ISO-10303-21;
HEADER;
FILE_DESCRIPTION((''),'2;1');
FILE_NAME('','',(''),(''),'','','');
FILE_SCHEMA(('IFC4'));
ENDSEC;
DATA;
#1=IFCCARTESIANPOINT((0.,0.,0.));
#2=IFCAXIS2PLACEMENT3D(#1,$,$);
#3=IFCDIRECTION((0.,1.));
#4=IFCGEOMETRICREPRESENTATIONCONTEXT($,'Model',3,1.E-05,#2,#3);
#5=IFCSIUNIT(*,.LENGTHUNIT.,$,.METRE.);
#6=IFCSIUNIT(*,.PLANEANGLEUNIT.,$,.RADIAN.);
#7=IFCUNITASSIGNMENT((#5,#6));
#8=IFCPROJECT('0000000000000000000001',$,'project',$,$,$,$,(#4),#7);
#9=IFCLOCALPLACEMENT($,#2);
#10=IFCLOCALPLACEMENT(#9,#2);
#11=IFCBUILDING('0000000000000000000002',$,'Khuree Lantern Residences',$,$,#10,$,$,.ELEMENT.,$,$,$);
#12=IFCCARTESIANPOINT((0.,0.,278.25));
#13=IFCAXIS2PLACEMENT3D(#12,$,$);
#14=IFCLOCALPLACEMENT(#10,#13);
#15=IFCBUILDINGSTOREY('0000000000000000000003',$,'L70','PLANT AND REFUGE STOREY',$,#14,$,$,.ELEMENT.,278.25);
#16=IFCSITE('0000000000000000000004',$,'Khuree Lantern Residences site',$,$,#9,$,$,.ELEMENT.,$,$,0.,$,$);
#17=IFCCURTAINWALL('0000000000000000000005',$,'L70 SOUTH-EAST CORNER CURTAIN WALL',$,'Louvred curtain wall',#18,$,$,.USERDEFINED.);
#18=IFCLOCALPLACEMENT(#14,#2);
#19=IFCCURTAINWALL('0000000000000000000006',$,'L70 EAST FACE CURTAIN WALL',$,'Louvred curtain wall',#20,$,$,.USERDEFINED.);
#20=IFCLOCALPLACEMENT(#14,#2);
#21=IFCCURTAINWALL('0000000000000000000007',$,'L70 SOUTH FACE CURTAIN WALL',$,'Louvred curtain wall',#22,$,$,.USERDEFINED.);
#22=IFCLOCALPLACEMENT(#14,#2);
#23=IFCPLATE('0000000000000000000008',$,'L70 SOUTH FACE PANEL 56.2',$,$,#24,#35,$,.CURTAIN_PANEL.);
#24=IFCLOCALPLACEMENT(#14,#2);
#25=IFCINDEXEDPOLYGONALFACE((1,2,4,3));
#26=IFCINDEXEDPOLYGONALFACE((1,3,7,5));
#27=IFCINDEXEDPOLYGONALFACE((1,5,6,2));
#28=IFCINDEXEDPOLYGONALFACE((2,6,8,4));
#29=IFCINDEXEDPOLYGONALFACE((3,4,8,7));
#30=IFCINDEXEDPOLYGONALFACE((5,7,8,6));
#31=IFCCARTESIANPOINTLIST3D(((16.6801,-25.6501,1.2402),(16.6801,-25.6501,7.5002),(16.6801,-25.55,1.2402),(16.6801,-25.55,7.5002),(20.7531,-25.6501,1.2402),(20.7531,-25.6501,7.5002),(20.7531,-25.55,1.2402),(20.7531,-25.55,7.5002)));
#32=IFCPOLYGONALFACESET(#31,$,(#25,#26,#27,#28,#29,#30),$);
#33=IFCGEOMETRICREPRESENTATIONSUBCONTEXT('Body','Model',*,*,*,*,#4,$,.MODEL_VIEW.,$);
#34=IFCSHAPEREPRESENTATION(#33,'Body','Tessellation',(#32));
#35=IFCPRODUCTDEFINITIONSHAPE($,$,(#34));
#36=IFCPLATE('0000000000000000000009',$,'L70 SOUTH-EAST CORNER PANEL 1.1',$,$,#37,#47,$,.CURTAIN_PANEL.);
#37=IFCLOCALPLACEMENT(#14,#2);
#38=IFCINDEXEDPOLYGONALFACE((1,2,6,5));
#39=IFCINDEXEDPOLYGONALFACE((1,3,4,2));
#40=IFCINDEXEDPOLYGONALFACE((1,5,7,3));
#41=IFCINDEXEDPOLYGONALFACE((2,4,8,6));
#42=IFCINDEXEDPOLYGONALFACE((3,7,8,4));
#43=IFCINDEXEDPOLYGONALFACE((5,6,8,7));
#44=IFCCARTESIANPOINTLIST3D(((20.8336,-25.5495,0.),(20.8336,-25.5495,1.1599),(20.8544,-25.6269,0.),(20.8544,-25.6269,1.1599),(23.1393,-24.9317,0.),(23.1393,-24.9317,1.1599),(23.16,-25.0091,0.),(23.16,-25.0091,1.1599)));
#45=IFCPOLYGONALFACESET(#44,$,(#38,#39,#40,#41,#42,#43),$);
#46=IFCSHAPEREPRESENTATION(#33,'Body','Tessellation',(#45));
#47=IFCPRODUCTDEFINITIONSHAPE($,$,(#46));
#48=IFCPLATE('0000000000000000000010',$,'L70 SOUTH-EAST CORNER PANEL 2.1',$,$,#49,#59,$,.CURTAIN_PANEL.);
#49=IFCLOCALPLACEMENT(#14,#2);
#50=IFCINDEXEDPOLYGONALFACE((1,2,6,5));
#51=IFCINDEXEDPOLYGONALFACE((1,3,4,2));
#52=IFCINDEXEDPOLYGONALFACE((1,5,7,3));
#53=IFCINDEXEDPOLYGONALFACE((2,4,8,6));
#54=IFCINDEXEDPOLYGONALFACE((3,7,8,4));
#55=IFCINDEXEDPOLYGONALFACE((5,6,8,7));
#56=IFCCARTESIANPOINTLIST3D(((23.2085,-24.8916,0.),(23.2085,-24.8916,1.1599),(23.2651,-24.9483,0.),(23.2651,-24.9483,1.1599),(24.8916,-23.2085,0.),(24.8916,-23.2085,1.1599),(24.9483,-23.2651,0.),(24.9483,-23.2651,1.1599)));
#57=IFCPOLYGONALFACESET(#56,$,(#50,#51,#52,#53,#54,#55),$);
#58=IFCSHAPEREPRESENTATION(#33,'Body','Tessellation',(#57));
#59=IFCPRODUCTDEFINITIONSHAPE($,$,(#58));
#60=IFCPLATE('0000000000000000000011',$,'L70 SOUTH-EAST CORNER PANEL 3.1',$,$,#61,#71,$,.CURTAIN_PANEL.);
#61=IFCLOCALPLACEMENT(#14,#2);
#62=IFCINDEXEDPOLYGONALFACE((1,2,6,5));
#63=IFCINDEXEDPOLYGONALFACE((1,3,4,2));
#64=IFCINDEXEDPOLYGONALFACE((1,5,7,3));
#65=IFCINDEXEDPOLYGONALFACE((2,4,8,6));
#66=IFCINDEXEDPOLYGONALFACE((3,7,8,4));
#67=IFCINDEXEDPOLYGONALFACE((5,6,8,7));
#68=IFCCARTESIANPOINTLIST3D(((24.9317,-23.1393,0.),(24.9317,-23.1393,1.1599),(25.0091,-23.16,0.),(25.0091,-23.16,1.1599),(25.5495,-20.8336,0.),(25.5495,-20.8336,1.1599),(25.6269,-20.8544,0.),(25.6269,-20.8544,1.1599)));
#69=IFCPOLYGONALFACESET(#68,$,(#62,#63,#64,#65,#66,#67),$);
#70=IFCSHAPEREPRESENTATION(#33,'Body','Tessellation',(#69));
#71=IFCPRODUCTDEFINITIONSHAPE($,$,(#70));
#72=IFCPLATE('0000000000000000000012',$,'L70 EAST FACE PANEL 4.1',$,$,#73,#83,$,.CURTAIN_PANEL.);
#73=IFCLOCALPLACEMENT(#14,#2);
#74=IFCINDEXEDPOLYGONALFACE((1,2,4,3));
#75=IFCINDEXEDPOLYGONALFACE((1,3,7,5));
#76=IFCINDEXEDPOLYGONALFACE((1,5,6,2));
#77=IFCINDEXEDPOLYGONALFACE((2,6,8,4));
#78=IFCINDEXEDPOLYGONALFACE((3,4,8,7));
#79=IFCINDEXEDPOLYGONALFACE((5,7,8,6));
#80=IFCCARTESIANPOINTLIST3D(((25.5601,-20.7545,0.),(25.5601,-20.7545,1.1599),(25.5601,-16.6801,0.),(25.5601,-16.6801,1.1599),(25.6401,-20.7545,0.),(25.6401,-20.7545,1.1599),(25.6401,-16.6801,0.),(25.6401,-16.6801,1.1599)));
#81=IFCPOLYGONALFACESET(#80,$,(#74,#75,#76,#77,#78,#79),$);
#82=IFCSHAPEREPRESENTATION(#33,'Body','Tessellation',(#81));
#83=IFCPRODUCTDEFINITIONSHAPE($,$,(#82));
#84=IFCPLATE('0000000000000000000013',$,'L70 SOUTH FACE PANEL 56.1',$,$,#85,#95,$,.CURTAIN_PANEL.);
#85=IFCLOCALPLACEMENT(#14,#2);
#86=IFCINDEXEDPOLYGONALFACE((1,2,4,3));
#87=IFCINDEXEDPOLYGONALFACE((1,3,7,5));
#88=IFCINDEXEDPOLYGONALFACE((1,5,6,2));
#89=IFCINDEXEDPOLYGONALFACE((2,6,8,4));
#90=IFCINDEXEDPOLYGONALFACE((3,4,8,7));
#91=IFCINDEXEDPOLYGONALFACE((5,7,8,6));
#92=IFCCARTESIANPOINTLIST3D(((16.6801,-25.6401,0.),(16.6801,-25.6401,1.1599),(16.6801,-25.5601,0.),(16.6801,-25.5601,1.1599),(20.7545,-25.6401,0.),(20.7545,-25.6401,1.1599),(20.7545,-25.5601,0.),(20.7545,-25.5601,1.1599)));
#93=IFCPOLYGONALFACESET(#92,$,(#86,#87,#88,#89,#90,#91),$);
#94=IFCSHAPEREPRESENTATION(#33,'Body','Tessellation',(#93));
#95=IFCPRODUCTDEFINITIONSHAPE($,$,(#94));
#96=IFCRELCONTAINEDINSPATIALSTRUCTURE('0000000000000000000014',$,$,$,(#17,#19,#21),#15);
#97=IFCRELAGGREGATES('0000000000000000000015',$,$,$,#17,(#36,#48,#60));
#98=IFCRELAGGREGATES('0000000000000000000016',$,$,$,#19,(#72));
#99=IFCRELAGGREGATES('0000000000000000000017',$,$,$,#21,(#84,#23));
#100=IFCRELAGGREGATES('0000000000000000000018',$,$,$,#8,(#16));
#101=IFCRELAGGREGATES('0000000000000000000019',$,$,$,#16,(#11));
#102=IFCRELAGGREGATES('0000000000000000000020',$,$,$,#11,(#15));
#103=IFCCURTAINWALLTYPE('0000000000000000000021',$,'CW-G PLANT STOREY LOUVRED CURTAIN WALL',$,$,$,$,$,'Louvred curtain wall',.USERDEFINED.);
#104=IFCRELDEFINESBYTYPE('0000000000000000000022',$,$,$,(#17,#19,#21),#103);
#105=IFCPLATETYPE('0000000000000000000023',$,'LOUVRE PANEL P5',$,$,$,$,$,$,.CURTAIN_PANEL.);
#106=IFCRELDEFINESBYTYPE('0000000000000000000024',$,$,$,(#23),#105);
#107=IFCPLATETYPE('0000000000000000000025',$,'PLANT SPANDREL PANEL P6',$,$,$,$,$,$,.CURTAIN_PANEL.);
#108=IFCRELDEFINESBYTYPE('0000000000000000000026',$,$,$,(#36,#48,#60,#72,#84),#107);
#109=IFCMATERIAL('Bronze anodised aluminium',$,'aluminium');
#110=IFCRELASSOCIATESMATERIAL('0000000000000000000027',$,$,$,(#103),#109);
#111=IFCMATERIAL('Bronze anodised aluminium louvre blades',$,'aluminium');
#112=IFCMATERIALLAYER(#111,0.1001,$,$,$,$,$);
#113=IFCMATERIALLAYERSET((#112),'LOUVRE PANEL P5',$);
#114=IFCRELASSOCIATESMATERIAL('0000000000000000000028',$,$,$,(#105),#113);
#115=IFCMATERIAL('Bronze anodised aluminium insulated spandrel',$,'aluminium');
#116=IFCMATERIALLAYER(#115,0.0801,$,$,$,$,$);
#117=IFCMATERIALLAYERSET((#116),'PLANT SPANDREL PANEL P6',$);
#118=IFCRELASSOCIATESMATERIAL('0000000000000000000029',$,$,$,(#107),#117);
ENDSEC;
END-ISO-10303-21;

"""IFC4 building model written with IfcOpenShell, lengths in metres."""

from ifc_helpers import new_model, si_unit, direction, frame, origin, origin_2d, place, context, subcontext, project, spatial, rectangle, extrude, material, layer, layer_set, type_object, element, aggregate, save


model = new_model("IFC4")

# Units and contexts
model_context = context("Model", 3, precision=1e-05, world=origin(), true_north=direction((0.0, 1.0)))
body_context = subcontext(model_context, "Body", "Model", "MODEL_VIEW")
ifc_project = project(units=[si_unit("LENGTHUNIT", "METRE"), si_unit("PLANEANGLEUNIT", "RADIAN")], contexts=[model_context])

# Site, building, storey
site_placement = place(None, origin())
site = spatial("IfcSite", under=ifc_project, at=site_placement, Name="Khuree Lantern Residences site", CompositionType="ELEMENT", RefElevation=0.0)
building_placement = place(site_placement, origin())
building = spatial("IfcBuilding", under=site, at=building_placement, Name="Khuree Lantern Residences", CompositionType="ELEMENT")
storey_placement = place(building_placement, frame((0.0, 0.0, 278.25)))
storey = spatial("IfcBuildingStorey", under=building, at=storey_placement, Name="L70", Description="PLANT AND REFUGE STOREY", CompositionType="ELEMENT", Elevation=278.25)

# Curtain wall
ifc_material_1 = material(Name="Bronze anodised aluminium", Category="aluminium")
curtain_wall_type = type_object("IfcCurtainWallType", Name="CW-G PLANT STOREY LOUVRED CURTAIN WALL", ElementType="Louvred curtain wall", PredefinedType="USERDEFINED", material=ifc_material_1)
curtain_wall_1_placement = place(storey_placement, origin())
curtain_wall_1 = element("IfcCurtainWall", 1, at=curtain_wall_1_placement, inside=storey, type_object=curtain_wall_type, Name="L70 SOUTH-EAST CORNER CURTAIN WALL", ObjectType="Louvred curtain wall", PredefinedType="USERDEFINED")

# Curtain wall
curtain_wall_2_placement = place(storey_placement, origin())
curtain_wall_2 = element("IfcCurtainWall", 2, at=curtain_wall_2_placement, inside=storey, type_object=curtain_wall_type, Name="L70 EAST FACE CURTAIN WALL", ObjectType="Louvred curtain wall", PredefinedType="USERDEFINED")

# Curtain wall
curtain_wall_3_placement = place(storey_placement, origin())
curtain_wall_3 = element("IfcCurtainWall", 3, at=curtain_wall_3_placement, inside=storey, type_object=curtain_wall_type, Name="L70 SOUTH FACE CURTAIN WALL", ObjectType="Louvred curtain wall", PredefinedType="USERDEFINED")

# Plates
ifc_material_2 = material(Name="Bronze anodised aluminium louvre blades", Category="aluminium")
ifc_layer_1 = layer(ifc_material_2, 0.1001)
ifc_layer_set_1 = layer_set([ifc_layer_1], Name="LOUVRE PANEL P5")
plate_type_1 = type_object("IfcPlateType", Name="LOUVRE PANEL P5", PredefinedType="CURTAIN_PANEL", material=ifc_layer_set_1)
plate_1_placement = place(storey_placement, frame((18.7166, -25.6001, 1.2402), z_axis=(0.0, 0.0, 1.0), x_axis=(1.0, 0.0, 0.0)))
plate_1 = element("IfcPlate", 4, at=plate_1_placement, type_object=plate_type_1, Name="L70 SOUTH FACE PANEL 56.2", PredefinedType="CURTAIN_PANEL", context=body_context, shape_type="SweptSolid", body=[
    extrude(rectangle(XDim=4.073, YDim=0.1001, at=origin_2d()), origin(), (0.0, 0.0, 1.0), 6.26),
])
ifc_material_3 = material(Name="Bronze anodised aluminium insulated spandrel", Category="aluminium")
ifc_layer_2 = layer(ifc_material_3, 0.0801)
ifc_layer_set_2 = layer_set([ifc_layer_2], Name="PLANT SPANDREL PANEL P6")
plate_type_2 = type_object("IfcPlateType", Name="PLANT SPANDREL PANEL P6", PredefinedType="CURTAIN_PANEL", material=ifc_layer_set_2)
plate_2_placement = place(storey_placement, frame((21.9968, -25.2793, 0.0), z_axis=(0.0, 0.0, 1.0), x_axis=(0.965926, 0.258819, 0.0)))
plate_2 = element("IfcPlate", 5, at=plate_2_placement, type_object=plate_type_2, Name="L70 SOUTH-EAST CORNER PANEL 1.1", PredefinedType="CURTAIN_PANEL", context=body_context, shape_type="SweptSolid", body=[
    extrude(rectangle(XDim=2.387, YDim=0.0801, at=origin_2d()), origin(), (0.0, 0.0, 1.0), 1.1599),
])
plate_3_placement = place(storey_placement, frame((24.0784, -24.0784, 0.0), z_axis=(0.0, 0.0, 1.0), x_axis=(0.707107, 0.707107, 0.0)))
plate_3 = element("IfcPlate", 6, at=plate_3_placement, type_object=plate_type_2, Name="L70 SOUTH-EAST CORNER PANEL 2.1", PredefinedType="CURTAIN_PANEL", context=body_context, shape_type="SweptSolid", body=[
    extrude(rectangle(XDim=2.3804, YDim=0.0801, at=origin_2d()), origin(), (0.0, 0.0, 1.0), 1.1599),
])
plate_4_placement = place(storey_placement, frame((25.2793, -21.9968, 0.0), z_axis=(0.0, 0.0, 1.0), x_axis=(0.258819, 0.965926, 0.0)))
plate_4 = element("IfcPlate", 7, at=plate_4_placement, type_object=plate_type_2, Name="L70 SOUTH-EAST CORNER PANEL 3.1", PredefinedType="CURTAIN_PANEL", context=body_context, shape_type="SweptSolid", body=[
    extrude(rectangle(XDim=2.387, YDim=0.0801, at=origin_2d()), origin(), (0.0, 0.0, 1.0), 1.1599),
])
aggregate(curtain_wall_1, [plate_2, plate_3, plate_4])
plate_5_placement = place(storey_placement, frame((25.6001, -18.7173, 0.0), z_axis=(0.0, 0.0, 1.0), x_axis=(0.0, 1.0, 0.0)))
plate_5 = element("IfcPlate", 8, at=plate_5_placement, type_object=plate_type_2, Name="L70 EAST FACE PANEL 4.1", PredefinedType="CURTAIN_PANEL", context=body_context, shape_type="SweptSolid", body=[
    extrude(rectangle(XDim=4.0745, YDim=0.0801, at=origin_2d()), origin(), (0.0, 0.0, 1.0), 1.1599),
])
aggregate(curtain_wall_2, [plate_5])
plate_6_placement = place(storey_placement, frame((18.7173, -25.6001, 0.0), z_axis=(0.0, 0.0, 1.0), x_axis=(1.0, 0.0, 0.0)))
plate_6 = element("IfcPlate", 9, at=plate_6_placement, type_object=plate_type_2, Name="L70 SOUTH FACE PANEL 56.1", PredefinedType="CURTAIN_PANEL", context=body_context, shape_type="SweptSolid", body=[
    extrude(rectangle(XDim=4.0745, YDim=0.0801, at=origin_2d()), origin(), (0.0, 0.0, 1.0), 1.1599),
])
aggregate(curtain_wall_3, [plate_6, plate_1])

save(model, "model.ifc")
